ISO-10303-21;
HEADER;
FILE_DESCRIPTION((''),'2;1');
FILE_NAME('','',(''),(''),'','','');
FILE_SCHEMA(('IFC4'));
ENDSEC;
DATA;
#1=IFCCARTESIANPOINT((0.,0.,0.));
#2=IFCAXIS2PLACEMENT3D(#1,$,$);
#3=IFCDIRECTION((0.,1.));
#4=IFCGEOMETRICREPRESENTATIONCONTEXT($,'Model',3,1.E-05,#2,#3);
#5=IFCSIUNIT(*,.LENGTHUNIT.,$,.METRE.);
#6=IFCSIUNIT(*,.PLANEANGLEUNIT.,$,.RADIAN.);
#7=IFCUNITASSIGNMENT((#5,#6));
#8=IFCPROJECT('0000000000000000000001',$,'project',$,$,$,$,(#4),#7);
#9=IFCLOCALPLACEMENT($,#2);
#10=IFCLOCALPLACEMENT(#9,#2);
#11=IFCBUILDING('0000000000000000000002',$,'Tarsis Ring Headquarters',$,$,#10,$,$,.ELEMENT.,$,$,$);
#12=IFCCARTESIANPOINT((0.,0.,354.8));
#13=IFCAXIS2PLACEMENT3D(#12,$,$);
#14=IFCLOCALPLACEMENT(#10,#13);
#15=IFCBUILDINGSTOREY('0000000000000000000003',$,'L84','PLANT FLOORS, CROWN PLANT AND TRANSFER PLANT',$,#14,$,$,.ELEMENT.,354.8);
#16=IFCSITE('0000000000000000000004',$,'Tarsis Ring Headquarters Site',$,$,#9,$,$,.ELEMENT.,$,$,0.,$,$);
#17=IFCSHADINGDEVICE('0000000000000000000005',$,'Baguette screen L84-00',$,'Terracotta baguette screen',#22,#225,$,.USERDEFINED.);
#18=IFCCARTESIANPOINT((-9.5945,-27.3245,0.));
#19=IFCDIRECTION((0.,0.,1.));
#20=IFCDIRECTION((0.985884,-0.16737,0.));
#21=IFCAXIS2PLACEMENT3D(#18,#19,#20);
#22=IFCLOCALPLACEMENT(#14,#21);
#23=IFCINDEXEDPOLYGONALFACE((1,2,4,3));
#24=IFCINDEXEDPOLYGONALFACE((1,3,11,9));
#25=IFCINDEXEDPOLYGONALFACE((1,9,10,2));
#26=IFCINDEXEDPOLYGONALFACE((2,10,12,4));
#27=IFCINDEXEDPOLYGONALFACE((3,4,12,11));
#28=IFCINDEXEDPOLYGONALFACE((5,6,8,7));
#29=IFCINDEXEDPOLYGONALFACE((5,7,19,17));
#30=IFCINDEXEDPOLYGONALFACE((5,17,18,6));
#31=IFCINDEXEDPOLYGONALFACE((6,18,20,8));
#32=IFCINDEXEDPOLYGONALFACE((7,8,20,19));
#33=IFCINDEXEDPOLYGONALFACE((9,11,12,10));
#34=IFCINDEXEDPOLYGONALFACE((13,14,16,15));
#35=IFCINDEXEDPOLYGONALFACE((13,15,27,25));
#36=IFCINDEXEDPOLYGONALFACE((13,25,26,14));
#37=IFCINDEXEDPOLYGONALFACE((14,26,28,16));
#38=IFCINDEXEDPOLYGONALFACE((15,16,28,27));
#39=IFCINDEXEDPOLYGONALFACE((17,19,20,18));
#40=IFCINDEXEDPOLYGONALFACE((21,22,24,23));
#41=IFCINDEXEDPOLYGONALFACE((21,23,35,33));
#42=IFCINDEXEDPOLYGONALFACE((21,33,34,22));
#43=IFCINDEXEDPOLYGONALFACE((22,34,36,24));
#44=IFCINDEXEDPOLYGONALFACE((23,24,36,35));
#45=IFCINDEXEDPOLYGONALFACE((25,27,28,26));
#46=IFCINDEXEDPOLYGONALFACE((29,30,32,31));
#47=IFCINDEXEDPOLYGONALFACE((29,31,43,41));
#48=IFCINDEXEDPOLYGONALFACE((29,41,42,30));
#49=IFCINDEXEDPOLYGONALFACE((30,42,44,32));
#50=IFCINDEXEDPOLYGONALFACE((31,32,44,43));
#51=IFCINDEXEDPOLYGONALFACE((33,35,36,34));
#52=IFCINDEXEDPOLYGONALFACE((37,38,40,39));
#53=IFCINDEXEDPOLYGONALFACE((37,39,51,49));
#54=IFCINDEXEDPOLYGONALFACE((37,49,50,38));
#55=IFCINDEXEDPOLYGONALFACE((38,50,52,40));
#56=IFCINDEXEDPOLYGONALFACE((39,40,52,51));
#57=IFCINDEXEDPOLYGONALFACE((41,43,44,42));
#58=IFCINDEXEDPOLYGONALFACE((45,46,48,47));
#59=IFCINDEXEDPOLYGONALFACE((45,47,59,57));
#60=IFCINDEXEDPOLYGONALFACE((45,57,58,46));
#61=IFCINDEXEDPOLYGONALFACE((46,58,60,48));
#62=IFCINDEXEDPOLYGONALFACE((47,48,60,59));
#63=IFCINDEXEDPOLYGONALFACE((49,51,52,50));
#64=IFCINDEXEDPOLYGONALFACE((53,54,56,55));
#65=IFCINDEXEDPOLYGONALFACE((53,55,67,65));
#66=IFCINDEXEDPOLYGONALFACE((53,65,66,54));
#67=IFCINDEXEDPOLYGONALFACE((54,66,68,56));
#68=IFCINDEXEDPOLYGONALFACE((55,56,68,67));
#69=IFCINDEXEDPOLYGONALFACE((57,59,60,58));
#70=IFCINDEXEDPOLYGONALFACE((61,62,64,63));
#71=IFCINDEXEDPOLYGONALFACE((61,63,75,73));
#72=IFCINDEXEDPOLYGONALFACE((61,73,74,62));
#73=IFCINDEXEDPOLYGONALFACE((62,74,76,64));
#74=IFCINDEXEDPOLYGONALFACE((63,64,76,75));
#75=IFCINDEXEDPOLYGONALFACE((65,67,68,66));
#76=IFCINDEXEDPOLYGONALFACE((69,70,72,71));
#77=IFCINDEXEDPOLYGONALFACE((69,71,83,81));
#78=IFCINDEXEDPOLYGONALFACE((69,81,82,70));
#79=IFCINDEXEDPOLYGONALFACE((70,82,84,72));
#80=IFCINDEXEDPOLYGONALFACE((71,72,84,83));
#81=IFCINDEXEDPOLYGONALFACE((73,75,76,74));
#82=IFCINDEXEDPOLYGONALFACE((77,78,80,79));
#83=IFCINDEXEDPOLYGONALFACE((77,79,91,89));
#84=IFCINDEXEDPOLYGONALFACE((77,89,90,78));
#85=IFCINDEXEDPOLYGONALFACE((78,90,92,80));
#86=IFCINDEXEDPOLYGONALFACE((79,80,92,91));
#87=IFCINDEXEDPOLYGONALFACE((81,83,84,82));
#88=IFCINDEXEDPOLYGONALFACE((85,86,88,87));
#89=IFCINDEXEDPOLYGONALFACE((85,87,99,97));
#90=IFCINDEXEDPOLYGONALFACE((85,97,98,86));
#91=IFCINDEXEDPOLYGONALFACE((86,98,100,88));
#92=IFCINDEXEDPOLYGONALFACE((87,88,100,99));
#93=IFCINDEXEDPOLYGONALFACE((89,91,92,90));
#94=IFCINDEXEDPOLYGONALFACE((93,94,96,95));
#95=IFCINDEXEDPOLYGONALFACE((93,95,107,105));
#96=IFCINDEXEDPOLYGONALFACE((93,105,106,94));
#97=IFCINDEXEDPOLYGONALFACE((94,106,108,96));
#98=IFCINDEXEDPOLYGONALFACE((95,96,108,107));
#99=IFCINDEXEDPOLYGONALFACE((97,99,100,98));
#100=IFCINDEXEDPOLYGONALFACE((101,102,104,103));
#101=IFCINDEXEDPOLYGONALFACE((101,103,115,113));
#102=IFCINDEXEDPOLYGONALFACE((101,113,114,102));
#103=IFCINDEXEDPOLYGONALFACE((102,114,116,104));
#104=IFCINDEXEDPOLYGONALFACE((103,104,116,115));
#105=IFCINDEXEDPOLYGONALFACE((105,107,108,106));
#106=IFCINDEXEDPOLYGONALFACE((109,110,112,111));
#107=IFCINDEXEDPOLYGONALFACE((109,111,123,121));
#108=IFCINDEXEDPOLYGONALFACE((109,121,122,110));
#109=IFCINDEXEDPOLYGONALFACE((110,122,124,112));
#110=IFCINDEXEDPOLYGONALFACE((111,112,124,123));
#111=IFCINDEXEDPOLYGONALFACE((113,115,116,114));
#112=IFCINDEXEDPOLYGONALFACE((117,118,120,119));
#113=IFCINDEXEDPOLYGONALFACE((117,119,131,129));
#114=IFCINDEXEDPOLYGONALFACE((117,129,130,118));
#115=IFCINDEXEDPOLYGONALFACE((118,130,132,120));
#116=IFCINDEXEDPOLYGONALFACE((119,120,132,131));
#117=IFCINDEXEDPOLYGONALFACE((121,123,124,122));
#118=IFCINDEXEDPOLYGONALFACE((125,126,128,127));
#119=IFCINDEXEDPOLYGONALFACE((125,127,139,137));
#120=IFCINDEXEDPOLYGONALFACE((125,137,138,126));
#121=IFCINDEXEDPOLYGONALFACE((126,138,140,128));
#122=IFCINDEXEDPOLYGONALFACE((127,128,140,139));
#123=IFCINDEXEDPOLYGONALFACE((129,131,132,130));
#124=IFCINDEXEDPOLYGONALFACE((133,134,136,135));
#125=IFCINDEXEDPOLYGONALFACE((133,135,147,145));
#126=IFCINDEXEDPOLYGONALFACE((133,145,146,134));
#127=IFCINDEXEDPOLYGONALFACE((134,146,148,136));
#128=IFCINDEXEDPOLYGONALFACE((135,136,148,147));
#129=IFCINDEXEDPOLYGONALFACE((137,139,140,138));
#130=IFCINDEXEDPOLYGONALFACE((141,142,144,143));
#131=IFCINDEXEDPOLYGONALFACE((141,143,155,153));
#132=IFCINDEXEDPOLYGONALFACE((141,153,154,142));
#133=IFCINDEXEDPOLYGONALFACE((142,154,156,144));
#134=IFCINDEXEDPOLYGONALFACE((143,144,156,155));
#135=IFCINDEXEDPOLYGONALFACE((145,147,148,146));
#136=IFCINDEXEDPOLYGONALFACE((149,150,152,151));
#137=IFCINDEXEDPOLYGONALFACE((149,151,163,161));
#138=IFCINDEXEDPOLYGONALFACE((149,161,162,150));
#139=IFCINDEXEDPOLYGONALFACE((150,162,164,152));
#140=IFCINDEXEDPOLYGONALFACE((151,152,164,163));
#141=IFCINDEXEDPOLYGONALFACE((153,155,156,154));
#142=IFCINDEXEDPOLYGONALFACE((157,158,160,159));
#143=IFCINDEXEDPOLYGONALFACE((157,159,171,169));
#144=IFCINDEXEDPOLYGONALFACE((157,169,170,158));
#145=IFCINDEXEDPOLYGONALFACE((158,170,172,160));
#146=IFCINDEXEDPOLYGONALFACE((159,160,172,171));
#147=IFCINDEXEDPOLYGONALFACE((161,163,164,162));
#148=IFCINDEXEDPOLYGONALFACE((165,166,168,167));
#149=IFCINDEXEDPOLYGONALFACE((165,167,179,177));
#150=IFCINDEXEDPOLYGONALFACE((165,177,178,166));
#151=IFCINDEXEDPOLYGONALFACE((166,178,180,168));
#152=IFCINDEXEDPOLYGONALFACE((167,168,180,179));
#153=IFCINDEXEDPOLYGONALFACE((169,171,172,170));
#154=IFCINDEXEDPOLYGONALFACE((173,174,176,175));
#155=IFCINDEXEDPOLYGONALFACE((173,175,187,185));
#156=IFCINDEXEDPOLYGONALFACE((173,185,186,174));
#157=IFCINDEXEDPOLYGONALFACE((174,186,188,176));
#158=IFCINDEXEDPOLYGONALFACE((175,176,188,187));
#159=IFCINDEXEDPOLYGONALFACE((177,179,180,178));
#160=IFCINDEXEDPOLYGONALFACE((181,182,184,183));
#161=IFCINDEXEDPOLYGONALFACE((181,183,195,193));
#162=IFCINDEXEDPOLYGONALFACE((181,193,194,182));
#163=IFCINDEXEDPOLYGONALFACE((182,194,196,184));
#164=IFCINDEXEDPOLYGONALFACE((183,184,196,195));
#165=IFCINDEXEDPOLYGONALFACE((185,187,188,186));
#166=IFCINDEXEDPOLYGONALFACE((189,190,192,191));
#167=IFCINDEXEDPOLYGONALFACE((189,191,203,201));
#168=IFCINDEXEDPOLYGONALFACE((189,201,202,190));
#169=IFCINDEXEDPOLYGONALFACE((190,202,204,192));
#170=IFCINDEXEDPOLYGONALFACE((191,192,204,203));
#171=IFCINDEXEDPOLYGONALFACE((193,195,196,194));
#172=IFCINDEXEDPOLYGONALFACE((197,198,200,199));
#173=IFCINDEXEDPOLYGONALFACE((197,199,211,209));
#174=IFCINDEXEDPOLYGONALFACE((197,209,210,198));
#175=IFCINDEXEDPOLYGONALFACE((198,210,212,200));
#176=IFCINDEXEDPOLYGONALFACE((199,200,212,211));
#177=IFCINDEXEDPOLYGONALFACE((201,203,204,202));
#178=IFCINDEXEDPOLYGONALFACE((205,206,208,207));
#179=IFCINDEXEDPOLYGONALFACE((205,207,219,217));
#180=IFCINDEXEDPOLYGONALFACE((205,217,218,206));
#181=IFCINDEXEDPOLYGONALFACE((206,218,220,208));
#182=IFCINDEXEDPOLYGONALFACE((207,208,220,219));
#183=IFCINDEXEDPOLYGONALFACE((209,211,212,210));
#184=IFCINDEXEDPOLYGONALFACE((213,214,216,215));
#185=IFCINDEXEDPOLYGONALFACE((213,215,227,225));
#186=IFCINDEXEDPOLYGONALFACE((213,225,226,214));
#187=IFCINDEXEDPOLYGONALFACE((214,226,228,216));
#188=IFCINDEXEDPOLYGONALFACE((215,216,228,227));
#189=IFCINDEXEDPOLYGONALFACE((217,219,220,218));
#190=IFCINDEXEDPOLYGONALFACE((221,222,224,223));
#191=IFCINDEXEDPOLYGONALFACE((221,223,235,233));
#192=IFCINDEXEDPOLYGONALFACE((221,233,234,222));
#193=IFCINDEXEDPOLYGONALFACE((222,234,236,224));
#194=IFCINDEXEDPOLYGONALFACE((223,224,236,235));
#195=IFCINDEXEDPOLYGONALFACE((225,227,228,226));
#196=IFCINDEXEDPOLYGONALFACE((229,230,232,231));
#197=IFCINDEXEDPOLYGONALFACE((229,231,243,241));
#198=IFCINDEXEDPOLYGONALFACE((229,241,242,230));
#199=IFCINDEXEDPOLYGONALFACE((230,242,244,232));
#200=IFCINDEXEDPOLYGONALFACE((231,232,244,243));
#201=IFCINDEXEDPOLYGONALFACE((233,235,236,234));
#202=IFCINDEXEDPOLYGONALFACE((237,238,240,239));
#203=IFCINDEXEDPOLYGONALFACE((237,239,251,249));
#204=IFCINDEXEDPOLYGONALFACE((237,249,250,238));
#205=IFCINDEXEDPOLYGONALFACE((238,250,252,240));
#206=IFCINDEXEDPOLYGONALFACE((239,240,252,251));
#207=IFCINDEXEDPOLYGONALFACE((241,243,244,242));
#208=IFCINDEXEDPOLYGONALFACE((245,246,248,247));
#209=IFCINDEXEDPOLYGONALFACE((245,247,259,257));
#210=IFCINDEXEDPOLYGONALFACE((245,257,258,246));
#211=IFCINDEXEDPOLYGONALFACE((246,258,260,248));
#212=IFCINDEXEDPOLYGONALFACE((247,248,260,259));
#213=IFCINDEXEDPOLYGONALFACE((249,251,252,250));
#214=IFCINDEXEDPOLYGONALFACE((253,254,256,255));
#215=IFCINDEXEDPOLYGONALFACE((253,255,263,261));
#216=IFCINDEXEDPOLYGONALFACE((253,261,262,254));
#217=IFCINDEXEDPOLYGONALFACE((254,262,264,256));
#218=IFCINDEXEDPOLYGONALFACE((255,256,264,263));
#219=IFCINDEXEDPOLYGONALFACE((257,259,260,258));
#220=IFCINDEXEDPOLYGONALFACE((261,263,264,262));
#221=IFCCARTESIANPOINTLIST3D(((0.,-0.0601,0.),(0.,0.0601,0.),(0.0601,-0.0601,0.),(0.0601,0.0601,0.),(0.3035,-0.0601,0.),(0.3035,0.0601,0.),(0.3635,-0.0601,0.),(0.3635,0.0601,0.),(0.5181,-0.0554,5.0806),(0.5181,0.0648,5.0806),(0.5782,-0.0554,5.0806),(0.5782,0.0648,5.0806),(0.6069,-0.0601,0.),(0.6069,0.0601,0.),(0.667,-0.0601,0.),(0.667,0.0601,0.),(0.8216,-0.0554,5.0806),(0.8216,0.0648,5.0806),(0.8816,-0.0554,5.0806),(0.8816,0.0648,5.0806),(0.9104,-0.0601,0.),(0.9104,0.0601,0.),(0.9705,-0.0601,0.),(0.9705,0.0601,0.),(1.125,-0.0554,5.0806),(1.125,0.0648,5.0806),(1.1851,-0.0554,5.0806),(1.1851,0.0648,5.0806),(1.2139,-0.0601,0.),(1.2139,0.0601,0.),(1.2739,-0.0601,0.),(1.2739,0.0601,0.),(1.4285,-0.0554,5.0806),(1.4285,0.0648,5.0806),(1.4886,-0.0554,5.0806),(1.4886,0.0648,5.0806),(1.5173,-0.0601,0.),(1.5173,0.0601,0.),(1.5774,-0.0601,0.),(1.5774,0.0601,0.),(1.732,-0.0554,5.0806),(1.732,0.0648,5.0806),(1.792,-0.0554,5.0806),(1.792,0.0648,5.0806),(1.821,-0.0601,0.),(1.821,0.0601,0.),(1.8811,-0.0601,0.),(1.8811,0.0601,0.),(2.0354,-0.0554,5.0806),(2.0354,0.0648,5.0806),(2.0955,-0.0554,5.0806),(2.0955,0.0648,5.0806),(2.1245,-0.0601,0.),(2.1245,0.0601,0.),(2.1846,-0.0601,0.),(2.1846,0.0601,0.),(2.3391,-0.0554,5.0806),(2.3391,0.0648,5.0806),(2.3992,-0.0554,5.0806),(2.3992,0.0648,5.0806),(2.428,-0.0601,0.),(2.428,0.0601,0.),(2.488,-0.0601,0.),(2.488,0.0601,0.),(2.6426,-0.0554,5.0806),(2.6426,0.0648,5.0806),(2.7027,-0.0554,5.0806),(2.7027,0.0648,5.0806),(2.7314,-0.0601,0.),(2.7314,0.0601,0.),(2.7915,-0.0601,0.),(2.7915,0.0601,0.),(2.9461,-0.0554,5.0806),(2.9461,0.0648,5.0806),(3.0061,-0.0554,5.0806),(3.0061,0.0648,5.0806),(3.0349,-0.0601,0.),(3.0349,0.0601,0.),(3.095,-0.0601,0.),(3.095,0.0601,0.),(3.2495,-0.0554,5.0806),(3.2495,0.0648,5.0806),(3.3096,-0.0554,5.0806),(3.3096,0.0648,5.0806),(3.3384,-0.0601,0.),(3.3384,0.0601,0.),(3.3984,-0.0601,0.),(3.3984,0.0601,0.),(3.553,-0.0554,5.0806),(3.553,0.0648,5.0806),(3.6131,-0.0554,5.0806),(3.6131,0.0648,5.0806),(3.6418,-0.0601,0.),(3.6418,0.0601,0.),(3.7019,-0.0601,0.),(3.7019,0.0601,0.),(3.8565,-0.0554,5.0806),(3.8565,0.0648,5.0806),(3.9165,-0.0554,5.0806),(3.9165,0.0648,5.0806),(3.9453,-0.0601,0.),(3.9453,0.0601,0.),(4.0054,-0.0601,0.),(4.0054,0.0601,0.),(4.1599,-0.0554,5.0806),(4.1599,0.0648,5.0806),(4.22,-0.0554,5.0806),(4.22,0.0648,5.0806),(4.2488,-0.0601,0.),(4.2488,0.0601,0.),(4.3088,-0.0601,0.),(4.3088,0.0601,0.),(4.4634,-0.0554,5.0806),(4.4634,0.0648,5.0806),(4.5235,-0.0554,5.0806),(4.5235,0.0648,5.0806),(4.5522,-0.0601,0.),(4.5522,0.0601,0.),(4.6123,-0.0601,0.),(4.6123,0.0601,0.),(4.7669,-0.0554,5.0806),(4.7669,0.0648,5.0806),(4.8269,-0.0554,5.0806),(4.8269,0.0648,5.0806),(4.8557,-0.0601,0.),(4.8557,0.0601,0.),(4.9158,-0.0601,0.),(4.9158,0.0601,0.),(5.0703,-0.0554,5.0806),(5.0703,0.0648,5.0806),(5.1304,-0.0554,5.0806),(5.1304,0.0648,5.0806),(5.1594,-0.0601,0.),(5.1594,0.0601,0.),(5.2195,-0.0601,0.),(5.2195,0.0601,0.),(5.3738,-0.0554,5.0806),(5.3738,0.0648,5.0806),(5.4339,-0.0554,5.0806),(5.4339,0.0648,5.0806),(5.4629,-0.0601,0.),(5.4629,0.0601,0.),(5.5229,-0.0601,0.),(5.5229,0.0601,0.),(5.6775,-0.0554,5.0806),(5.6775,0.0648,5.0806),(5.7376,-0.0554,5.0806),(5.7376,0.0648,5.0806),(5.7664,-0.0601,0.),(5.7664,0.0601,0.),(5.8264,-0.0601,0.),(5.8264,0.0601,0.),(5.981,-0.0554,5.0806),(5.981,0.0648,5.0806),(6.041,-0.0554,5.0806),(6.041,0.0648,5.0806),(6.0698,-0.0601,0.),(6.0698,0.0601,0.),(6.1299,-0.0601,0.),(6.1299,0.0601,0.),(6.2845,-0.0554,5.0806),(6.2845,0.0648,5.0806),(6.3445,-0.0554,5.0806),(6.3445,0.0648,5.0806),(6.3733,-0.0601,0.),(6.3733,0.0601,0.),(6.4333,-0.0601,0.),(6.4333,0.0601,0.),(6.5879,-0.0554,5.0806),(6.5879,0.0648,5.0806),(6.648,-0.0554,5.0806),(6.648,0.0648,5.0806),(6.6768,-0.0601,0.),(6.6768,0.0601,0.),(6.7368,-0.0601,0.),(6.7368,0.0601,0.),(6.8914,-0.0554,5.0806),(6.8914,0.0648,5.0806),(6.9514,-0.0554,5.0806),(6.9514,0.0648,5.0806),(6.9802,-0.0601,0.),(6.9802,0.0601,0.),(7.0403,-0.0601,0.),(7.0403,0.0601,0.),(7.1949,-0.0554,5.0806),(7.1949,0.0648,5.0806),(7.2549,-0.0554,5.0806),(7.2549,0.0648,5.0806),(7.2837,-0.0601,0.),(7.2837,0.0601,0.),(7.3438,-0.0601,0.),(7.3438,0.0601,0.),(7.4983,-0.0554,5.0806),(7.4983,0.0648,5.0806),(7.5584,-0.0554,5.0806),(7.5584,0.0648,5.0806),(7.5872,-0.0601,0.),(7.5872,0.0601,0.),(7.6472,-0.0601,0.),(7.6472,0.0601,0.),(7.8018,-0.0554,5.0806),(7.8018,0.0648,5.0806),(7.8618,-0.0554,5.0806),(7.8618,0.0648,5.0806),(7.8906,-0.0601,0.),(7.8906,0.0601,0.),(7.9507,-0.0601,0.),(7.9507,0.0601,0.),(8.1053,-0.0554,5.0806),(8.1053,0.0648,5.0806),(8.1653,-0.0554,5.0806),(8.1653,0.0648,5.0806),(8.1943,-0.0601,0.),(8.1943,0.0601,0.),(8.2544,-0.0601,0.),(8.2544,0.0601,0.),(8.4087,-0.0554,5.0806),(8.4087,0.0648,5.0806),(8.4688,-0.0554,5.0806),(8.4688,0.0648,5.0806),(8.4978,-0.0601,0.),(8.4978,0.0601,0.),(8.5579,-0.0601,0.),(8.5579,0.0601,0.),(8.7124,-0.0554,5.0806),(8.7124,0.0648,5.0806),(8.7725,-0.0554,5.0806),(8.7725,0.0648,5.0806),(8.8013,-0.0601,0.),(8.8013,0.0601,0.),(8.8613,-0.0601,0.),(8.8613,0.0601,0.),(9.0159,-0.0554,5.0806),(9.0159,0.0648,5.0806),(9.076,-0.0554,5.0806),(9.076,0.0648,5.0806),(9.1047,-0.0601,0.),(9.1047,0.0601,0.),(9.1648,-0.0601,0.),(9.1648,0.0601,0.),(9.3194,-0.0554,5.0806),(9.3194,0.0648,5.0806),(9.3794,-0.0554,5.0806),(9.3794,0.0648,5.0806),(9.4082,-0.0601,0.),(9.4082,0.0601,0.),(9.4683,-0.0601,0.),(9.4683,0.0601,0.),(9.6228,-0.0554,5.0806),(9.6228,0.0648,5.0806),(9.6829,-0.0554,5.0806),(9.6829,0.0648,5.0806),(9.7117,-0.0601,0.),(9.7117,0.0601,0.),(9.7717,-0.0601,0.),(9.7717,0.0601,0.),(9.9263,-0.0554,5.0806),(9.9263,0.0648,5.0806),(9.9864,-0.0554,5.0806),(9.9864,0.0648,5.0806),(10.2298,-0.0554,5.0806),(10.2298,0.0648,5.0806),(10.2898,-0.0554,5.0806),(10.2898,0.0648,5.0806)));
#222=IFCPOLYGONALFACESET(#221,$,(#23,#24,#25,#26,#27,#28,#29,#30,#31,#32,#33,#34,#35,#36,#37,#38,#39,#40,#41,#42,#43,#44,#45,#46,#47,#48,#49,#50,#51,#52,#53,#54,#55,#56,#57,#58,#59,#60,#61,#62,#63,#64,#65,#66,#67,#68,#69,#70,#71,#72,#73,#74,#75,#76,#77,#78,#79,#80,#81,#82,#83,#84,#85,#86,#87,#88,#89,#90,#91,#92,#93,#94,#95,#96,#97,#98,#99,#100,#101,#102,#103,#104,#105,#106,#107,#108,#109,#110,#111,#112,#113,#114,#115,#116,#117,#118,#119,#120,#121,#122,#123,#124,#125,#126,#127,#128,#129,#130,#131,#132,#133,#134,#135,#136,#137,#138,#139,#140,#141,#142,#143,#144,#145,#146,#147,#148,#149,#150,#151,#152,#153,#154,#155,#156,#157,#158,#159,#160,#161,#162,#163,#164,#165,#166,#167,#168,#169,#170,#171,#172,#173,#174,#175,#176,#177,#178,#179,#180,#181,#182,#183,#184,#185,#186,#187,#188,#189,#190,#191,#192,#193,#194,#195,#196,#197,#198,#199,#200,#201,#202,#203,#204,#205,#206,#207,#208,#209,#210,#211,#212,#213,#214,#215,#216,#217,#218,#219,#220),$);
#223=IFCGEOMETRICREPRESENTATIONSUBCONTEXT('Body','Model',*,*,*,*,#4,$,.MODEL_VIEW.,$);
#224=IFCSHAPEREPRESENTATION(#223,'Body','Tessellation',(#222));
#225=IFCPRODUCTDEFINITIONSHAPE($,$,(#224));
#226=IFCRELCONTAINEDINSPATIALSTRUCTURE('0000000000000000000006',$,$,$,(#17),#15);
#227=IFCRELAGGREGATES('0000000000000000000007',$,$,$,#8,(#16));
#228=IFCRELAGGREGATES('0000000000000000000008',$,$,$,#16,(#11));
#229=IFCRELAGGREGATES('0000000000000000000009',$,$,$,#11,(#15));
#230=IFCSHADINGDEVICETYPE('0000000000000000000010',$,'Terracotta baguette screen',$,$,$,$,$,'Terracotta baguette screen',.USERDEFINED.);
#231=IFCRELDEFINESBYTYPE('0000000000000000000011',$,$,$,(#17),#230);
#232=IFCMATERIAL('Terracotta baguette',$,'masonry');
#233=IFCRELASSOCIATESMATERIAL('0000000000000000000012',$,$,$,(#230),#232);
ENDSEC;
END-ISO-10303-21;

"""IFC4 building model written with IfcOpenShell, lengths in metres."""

from ifc_helpers import new_model, si_unit, direction, frame, frame_2d, origin, place, context, subcontext, project, spatial, rectangle, composite_profile, extrude, material, type_object, element, save


model = new_model("IFC4")

# Units and contexts
model_context = context("Model", 3, precision=1e-05, world=origin(), true_north=direction((0.0, 1.0)))
body_context = subcontext(model_context, "Body", "Model", "MODEL_VIEW")
ifc_project = project(units=[si_unit("LENGTHUNIT", "METRE"), si_unit("PLANEANGLEUNIT", "RADIAN")], contexts=[model_context])

# Site, building, storey
site_placement = place(None, origin())
site = spatial("IfcSite", under=ifc_project, at=site_placement, Name="Tarsis Ring Headquarters Site", CompositionType="ELEMENT", RefElevation=0.0)
building_placement = place(site_placement, origin())
building = spatial("IfcBuilding", under=site, at=building_placement, Name="Tarsis Ring Headquarters", CompositionType="ELEMENT")
storey_placement = place(building_placement, frame((0.0, 0.0, 354.8)))
storey = spatial("IfcBuildingStorey", under=building, at=storey_placement, Name="L84", Description="PLANT FLOORS, CROWN PLANT AND TRANSFER PLANT", CompositionType="ELEMENT", Elevation=354.8)

# Shading device
ifc_material_1 = material(Name="Terracotta baguette", Category="masonry")
shading_device_type_1 = type_object("IfcShadingDeviceType", Name="Terracotta baguette screen", ElementType="Terracotta baguette screen", PredefinedType="USERDEFINED", material=ifc_material_1)
shading_device_1_placement = place(storey_placement, frame((-9.5945, -27.3245, 0.0), z_axis=(0.0, 0.0, 1.0), x_axis=(0.985884, -0.16737, 0.0)))
element("IfcShadingDevice", 1, at=shading_device_1_placement, inside=storey, type_object=shading_device_type_1, Name="Baguette screen L84-00", ObjectType="Terracotta baguette screen", PredefinedType="USERDEFINED", context=body_context, shape_type="SweptSolid", body=[
    extrude(composite_profile([rectangle(XDim=0.0601, YDim=0.1201, at=frame_2d((0.03, 0.0))), rectangle(XDim=0.0601, YDim=0.1201, at=frame_2d((0.3335, 0.0))), rectangle(XDim=0.0601, YDim=0.1201, at=frame_2d((0.637, 0.0))), rectangle(XDim=0.0601, YDim=0.1201, at=frame_2d((0.9404, 0.0))), rectangle(XDim=0.0601, YDim=0.1201, at=frame_2d((1.2439, 0.0))), rectangle(XDim=0.0601, YDim=0.1201, at=frame_2d((1.5474, 0.0))), rectangle(XDim=0.0601, YDim=0.1201, at=frame_2d((1.8511, 0.0))), rectangle(XDim=0.0601, YDim=0.1201, at=frame_2d((2.1545, 0.0))), rectangle(XDim=0.0601, YDim=0.1201, at=frame_2d((2.458, 0.0))), rectangle(XDim=0.0601, YDim=0.1201, at=frame_2d((2.7615, 0.0))), rectangle(XDim=0.0601, YDim=0.1201, at=frame_2d((3.0649, 0.0))), rectangle(XDim=0.0601, YDim=0.1201, at=frame_2d((3.3684, 0.0))), rectangle(XDim=0.0601, YDim=0.1201, at=frame_2d((3.6719, 0.0))), rectangle(XDim=0.0601, YDim=0.1201, at=frame_2d((3.9753, 0.0))), rectangle(XDim=0.0601, YDim=0.1201, at=frame_2d((4.2788, 0.0))), rectangle(XDim=0.0601, YDim=0.1201, at=frame_2d((4.5823, 0.0))), rectangle(XDim=0.0601, YDim=0.1201, at=frame_2d((4.8857, 0.0))), rectangle(XDim=0.0601, YDim=0.1201, at=frame_2d((5.1895, 0.0))), rectangle(XDim=0.0601, YDim=0.1201, at=frame_2d((5.4929, 0.0))), rectangle(XDim=0.0601, YDim=0.1201, at=frame_2d((5.7964, 0.0))), rectangle(XDim=0.0601, YDim=0.1201, at=frame_2d((6.0999, 0.0))), rectangle(XDim=0.0601, YDim=0.1201, at=frame_2d((6.4033, 0.0))), rectangle(XDim=0.0601, YDim=0.1201, at=frame_2d((6.7068, 0.0))), rectangle(XDim=0.0601, YDim=0.1201, at=frame_2d((7.0103, 0.0))), rectangle(XDim=0.0601, YDim=0.1201, at=frame_2d((7.3137, 0.0))), rectangle(XDim=0.0601, YDim=0.1201, at=frame_2d((7.6172, 0.0))), rectangle(XDim=0.0601, YDim=0.1201, at=frame_2d((7.9207, 0.0))), rectangle(XDim=0.0601, YDim=0.1201, at=frame_2d((8.2244, 0.0))), rectangle(XDim=0.0601, YDim=0.1201, at=frame_2d((8.5278, 0.0))), rectangle(XDim=0.0601, YDim=0.1201, at=frame_2d((8.8313, 0.0))), rectangle(XDim=0.0601, YDim=0.1201, at=frame_2d((9.1348, 0.0))), rectangle(XDim=0.0601, YDim=0.1201, at=frame_2d((9.4382, 0.0))), rectangle(XDim=0.0601, YDim=0.1201, at=frame_2d((9.7417, 0.0)))]), origin(), (0.10145, 0.000921, 0.99484), 5.1069),
])

save(model, "model.ifc")
